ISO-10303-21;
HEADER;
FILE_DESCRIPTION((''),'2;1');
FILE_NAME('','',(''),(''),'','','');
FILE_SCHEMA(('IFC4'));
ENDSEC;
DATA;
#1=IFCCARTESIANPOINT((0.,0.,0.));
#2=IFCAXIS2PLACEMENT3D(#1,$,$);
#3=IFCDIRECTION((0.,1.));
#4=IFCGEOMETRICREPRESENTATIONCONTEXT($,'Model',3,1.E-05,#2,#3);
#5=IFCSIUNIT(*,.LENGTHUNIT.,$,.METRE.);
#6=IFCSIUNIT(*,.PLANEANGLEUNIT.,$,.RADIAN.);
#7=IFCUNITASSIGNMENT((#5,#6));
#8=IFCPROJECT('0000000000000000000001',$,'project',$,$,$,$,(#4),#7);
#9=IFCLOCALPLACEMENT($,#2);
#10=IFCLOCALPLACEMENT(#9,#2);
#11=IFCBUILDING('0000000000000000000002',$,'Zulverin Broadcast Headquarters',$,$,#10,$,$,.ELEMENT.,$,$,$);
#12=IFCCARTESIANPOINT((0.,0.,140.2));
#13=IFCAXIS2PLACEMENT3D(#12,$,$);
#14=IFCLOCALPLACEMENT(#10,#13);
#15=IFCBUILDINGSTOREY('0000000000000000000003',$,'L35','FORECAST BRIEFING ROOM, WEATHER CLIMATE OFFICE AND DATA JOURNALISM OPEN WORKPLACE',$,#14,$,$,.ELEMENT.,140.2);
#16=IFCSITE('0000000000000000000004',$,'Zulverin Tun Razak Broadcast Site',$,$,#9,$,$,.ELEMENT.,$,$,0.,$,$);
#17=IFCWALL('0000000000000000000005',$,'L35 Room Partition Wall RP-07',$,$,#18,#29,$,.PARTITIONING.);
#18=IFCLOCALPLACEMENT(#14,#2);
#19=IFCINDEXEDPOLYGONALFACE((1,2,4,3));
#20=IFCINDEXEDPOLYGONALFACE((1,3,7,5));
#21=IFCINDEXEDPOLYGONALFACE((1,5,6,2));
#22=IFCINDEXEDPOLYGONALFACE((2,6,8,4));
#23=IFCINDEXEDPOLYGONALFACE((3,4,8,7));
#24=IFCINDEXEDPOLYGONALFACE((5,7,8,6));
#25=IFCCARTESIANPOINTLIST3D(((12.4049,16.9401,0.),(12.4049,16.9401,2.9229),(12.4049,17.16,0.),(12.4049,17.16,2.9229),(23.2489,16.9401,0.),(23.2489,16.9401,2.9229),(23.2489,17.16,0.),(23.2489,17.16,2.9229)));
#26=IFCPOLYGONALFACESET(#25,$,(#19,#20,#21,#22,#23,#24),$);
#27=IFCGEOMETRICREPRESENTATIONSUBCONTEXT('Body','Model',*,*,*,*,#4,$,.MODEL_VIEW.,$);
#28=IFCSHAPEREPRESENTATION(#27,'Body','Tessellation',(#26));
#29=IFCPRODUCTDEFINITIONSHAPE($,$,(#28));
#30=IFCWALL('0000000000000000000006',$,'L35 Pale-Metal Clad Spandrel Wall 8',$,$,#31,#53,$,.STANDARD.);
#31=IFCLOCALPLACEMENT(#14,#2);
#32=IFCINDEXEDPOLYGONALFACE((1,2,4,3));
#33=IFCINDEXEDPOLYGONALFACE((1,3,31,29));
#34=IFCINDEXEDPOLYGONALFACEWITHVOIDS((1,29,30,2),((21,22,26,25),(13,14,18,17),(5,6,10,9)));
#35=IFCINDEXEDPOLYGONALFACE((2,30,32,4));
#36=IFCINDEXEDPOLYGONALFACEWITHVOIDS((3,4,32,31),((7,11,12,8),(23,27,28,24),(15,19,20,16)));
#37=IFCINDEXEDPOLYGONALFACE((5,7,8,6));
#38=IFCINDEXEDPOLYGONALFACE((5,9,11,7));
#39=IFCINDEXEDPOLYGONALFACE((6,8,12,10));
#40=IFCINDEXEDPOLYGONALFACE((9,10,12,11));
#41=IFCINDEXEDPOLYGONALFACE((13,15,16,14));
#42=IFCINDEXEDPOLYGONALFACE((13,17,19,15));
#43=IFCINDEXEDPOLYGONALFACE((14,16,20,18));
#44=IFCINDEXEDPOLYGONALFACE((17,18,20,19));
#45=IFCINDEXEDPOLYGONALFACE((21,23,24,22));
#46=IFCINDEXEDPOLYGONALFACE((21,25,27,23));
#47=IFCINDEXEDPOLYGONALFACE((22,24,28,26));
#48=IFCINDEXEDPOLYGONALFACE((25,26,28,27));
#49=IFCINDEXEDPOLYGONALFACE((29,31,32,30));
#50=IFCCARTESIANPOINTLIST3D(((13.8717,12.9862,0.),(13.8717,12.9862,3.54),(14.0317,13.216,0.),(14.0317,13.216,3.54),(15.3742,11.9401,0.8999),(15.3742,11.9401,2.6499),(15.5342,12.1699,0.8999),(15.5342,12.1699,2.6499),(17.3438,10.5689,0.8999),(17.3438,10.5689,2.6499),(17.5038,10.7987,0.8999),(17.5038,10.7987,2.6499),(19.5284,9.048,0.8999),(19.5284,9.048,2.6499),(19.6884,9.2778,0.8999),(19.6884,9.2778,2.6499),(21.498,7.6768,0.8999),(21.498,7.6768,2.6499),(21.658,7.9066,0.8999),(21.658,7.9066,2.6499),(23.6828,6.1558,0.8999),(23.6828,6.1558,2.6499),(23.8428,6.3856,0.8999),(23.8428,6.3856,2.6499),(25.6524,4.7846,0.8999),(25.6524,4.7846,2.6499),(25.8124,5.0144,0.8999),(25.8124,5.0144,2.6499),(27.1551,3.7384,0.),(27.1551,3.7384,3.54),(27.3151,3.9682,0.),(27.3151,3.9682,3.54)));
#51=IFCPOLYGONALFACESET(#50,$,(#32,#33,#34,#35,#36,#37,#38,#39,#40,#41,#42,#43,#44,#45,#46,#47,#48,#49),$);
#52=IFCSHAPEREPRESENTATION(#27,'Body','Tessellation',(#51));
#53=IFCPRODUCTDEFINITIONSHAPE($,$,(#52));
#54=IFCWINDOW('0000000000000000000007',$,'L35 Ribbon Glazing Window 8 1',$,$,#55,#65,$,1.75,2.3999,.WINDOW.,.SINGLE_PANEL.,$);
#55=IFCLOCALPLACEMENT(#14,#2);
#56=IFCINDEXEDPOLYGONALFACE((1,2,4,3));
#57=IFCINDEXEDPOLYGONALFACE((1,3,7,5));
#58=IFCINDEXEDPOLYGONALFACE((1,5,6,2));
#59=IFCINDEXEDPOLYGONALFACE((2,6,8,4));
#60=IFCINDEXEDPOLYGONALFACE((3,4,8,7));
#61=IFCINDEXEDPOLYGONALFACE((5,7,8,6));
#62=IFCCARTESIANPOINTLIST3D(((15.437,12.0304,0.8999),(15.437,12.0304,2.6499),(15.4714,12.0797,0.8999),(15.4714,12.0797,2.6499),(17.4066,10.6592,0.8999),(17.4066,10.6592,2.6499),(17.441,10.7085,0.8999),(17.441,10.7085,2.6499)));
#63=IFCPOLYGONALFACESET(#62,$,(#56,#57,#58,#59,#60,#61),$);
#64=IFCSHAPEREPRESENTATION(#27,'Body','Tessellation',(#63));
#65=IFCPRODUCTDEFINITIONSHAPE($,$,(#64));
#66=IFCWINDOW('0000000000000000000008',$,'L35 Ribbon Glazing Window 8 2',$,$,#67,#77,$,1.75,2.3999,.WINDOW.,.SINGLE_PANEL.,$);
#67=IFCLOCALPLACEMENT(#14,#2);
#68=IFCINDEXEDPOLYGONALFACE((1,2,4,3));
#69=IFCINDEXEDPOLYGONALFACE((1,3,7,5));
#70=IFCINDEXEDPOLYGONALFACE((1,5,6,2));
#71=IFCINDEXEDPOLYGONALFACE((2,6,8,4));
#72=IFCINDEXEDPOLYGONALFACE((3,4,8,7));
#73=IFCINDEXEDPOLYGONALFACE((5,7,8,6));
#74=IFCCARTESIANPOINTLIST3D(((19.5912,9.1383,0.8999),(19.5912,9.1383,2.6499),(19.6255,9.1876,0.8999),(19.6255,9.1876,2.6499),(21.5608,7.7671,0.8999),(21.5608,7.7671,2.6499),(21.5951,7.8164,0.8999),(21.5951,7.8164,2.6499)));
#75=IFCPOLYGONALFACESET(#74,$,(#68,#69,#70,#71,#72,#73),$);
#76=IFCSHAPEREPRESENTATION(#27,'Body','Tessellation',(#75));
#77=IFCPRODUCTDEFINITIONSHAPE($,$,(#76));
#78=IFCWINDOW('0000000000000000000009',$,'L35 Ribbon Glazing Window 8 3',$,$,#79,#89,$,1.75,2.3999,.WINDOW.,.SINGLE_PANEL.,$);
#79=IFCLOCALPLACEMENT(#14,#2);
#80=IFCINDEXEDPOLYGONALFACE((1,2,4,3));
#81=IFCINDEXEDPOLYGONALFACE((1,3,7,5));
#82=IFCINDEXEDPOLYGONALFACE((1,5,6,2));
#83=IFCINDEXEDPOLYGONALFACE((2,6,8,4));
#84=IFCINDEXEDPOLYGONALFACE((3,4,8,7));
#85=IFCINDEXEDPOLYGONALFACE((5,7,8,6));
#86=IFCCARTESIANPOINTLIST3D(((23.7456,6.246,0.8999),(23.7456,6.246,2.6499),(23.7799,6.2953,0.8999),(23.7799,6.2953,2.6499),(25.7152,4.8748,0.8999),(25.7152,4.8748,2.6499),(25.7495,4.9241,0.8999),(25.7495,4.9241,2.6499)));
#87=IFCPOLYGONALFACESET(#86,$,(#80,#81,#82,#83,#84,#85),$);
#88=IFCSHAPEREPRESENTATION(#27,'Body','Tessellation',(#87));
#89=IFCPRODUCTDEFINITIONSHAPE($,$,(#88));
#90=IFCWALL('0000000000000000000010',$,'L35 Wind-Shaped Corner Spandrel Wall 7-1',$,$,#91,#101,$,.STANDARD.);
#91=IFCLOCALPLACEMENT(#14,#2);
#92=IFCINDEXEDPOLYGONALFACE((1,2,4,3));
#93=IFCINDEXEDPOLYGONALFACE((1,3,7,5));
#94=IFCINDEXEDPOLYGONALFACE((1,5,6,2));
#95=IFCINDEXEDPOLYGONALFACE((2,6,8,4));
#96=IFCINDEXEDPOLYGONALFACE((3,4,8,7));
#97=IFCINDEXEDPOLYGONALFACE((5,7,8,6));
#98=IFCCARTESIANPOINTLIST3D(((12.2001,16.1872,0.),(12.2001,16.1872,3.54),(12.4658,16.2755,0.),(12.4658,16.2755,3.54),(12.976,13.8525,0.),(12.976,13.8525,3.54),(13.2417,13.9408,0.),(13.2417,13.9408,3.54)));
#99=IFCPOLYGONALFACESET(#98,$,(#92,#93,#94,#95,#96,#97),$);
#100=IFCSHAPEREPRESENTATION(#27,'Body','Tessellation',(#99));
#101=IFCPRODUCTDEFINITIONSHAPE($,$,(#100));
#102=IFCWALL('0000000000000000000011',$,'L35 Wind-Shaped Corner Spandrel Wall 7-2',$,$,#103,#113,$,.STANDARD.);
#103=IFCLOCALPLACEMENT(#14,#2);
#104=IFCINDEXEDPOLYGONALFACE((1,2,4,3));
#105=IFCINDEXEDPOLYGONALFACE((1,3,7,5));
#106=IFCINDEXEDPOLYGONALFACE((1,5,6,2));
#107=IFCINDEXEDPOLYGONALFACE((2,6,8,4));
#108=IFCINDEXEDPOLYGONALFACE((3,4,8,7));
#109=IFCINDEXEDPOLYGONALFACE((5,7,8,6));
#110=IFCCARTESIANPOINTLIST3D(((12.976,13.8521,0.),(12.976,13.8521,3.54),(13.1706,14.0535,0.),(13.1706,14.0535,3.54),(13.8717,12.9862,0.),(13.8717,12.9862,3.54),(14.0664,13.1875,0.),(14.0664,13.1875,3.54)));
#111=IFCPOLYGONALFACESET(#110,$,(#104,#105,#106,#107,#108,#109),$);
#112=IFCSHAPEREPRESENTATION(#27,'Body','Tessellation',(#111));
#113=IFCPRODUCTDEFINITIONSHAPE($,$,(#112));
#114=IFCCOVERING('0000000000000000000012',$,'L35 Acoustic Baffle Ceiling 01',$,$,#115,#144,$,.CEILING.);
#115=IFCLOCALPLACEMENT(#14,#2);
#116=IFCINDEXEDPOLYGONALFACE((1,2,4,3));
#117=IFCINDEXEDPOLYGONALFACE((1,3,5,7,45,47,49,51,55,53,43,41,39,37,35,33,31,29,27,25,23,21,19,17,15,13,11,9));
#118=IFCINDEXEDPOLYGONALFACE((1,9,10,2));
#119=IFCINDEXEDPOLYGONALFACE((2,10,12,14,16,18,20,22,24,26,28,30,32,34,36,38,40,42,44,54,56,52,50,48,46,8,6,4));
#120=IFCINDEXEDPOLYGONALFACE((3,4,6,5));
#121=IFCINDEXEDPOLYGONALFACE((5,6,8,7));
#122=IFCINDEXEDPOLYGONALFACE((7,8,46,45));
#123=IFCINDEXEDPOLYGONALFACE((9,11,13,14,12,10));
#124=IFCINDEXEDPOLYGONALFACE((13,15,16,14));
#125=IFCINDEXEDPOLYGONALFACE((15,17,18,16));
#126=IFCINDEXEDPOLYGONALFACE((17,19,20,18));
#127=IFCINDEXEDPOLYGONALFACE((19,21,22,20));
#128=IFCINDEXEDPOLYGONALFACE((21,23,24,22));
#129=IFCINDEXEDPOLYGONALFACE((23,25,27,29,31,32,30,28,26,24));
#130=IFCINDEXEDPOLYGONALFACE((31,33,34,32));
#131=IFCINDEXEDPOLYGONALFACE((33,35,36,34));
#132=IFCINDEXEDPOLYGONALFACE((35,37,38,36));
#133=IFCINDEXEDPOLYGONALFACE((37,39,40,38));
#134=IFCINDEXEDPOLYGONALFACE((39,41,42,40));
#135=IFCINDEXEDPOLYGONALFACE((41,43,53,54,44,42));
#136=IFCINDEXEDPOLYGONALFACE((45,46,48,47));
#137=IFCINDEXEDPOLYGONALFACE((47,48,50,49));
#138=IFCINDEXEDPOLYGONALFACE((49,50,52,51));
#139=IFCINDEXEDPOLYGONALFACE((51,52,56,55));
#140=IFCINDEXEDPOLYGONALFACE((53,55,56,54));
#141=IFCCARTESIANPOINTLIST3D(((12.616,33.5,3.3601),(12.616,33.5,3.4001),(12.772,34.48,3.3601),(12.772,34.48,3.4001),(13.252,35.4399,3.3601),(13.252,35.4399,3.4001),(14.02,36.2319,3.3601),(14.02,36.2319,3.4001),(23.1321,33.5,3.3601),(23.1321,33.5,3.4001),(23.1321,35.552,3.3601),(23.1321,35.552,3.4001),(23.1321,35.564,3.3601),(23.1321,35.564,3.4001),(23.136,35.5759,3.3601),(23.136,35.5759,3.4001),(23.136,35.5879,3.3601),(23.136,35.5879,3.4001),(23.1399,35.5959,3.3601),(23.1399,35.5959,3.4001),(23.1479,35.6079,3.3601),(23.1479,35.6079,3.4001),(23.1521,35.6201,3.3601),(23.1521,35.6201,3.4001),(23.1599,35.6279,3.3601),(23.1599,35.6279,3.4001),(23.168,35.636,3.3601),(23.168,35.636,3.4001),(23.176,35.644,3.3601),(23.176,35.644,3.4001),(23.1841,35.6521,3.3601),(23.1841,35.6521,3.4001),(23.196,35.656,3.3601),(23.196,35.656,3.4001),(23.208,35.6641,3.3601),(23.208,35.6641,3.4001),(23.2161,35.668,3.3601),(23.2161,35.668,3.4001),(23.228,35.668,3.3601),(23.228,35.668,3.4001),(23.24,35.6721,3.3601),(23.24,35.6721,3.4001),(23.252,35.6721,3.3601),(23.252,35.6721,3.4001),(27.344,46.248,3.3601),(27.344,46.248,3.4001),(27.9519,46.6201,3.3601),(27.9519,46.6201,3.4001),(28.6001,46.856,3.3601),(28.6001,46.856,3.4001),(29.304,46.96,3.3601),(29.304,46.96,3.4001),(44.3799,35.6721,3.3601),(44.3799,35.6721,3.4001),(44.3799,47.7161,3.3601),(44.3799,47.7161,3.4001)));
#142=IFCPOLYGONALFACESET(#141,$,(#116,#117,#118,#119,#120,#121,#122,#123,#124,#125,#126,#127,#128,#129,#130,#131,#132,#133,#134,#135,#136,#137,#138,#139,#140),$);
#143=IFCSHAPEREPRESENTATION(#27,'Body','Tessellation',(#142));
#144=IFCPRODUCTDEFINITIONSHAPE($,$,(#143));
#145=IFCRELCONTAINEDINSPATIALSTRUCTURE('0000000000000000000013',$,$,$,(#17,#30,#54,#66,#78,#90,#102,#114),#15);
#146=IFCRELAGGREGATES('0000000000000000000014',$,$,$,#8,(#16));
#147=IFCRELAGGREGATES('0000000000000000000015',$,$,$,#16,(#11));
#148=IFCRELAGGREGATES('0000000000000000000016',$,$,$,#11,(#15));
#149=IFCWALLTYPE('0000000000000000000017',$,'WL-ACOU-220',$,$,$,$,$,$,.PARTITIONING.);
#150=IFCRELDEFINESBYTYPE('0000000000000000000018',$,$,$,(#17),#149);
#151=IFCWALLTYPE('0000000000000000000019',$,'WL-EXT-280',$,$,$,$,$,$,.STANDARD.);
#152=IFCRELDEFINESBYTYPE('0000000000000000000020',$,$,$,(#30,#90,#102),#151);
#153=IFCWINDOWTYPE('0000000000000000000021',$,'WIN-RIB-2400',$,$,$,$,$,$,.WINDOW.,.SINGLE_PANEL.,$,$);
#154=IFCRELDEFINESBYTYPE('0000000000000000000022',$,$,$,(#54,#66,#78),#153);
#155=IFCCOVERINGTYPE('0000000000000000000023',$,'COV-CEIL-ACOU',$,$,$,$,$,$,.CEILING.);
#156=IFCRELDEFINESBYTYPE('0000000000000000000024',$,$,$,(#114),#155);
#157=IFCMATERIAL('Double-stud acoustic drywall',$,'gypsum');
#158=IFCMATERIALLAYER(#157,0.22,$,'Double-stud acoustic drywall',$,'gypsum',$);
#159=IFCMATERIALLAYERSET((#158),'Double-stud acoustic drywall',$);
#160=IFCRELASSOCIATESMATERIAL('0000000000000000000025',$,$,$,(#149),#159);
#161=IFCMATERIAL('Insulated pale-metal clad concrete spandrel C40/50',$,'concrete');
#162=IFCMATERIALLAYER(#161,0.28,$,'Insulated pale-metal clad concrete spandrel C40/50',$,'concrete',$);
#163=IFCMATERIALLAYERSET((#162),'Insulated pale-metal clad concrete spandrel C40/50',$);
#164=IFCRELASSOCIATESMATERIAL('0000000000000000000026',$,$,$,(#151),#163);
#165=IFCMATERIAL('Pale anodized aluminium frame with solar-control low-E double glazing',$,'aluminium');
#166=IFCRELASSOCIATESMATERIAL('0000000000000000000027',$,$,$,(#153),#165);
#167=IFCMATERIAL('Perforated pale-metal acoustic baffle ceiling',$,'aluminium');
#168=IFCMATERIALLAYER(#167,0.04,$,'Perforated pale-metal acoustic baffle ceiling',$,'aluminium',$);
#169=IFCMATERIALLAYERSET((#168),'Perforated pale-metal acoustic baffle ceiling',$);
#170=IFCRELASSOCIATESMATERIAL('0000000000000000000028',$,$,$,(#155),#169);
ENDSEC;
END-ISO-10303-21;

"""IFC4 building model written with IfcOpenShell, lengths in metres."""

from ifc_helpers import new_model, si_unit, direction, frame, frame_2d, origin, place, context, subcontext, project, spatial, polyline, rectangle, outline, extrude, material, layer, layer_set, type_object, element, fill, save


model = new_model("IFC4")

# Units and contexts
model_context = context("Model", 3, precision=1e-05, world=origin(), true_north=direction((0.0, 1.0)))
body_context = subcontext(model_context, "Body", "Model", "MODEL_VIEW")
ifc_project = project(units=[si_unit("LENGTHUNIT", "METRE"), si_unit("PLANEANGLEUNIT", "RADIAN")], contexts=[model_context])

# Site, building, storey
site_placement = place(None, origin())
site = spatial("IfcSite", under=ifc_project, at=site_placement, Name="Zulverin Tun Razak Broadcast Site", CompositionType="ELEMENT", RefElevation=0.0)
building_placement = place(site_placement, origin())
building = spatial("IfcBuilding", under=site, at=building_placement, Name="Zulverin Broadcast Headquarters", CompositionType="ELEMENT")
storey_placement = place(building_placement, frame((0.0, 0.0, 140.2)))
storey = spatial("IfcBuildingStorey", under=building, at=storey_placement, Name="L35", Description="FORECAST BRIEFING ROOM, WEATHER CLIMATE OFFICE AND DATA JOURNALISM OPEN WORKPLACE", CompositionType="ELEMENT", Elevation=140.2)

# Wall
ifc_material_1 = material(Name="Double-stud acoustic drywall", Category="gypsum")
ifc_layer_1 = layer(ifc_material_1, 0.22, Name="Double-stud acoustic drywall", Category="gypsum")
ifc_layer_set_1 = layer_set([ifc_layer_1], Name="Double-stud acoustic drywall")
wall_type_1 = type_object("IfcWallType", Name="WL-ACOU-220", PredefinedType="PARTITIONING", material=ifc_layer_set_1)
wall_1_placement = place(storey_placement, frame((12.405, 17.05, 0.0), z_axis=(0.0, 0.0, 1.0), x_axis=(1.0, 0.0, 0.0)))
element("IfcWall", 1, at=wall_1_placement, inside=storey, type_object=wall_type_1, Name="L35 Room Partition Wall RP-07", PredefinedType="PARTITIONING", context=body_context, shape_type="SweptSolid", body=[
    extrude(rectangle(XDim=10.844, YDim=0.22, at=frame_2d((5.4219, 0.0))), origin(), (0.0, 0.0, 1.0), 2.9229),
])

# Wall, openings, windows
ifc_material_2 = material(Name="Insulated pale-metal clad concrete spandrel C40/50", Category="concrete")
ifc_layer_2 = layer(ifc_material_2, 0.28, Name="Insulated pale-metal clad concrete spandrel C40/50", Category="concrete")
ifc_layer_set_2 = layer_set([ifc_layer_2], Name="Insulated pale-metal clad concrete spandrel C40/50")
wall_type_2 = type_object("IfcWallType", Name="WL-EXT-280", PredefinedType="STANDARD", material=ifc_layer_set_2)
wall_2_placement = place(storey_placement, frame((13.9517, 13.1011, 0.0), z_axis=(0.0, 0.0, 1.0), x_axis=(0.820698, -0.571362, 0.0)))
wall_2 = element("IfcWall", 2, at=wall_2_placement, inside=storey, type_object=wall_type_2, Name="L35 Pale-Metal Clad Spandrel Wall 8", PredefinedType="STANDARD", context=body_context, shape_type="SweptSolid", body=[
    extrude(rectangle(XDim=16.1855, YDim=0.28, at=frame_2d((8.0928, 0.0))), origin(), (0.0, 0.0, 1.0), 3.54),
])
opening_1_placement = place(wall_2_placement, frame((1.8308, 0.0, 0.8999)))
opening_1 = element("IfcOpeningElement", 3, at=opening_1_placement, cuts=wall_2, PredefinedType="OPENING", context=body_context, shape_type="SweptSolid", body=[
    extrude(rectangle(XDim=2.3999, YDim=1.75, at=frame_2d((1.2, 0.875))), frame((0.0, 0.1499, 0.0), z_axis=(0.0, -1.0, 0.0), x_axis=(1.0, 0.0, 0.0)), (0.0, 0.0, 1.0), 0.3),
])
opening_2_placement = place(wall_2_placement, frame((6.8926, 0.0, 0.8999)))
opening_2 = element("IfcOpeningElement", 4, at=opening_2_placement, cuts=wall_2, PredefinedType="OPENING", context=body_context, shape_type="SweptSolid", body=[
    extrude(rectangle(XDim=2.3999, YDim=1.75, at=frame_2d((1.2, 0.875))), frame((0.0, 0.1499, 0.0), z_axis=(0.0, -1.0, 0.0), x_axis=(1.0, 0.0, 0.0)), (0.0, 0.0, 1.0), 0.3),
])
opening_3_placement = place(wall_2_placement, frame((11.9546, 0.0, 0.8999)))
opening_3 = element("IfcOpeningElement", 5, at=opening_3_placement, cuts=wall_2, PredefinedType="OPENING", context=body_context, shape_type="SweptSolid", body=[
    extrude(rectangle(XDim=2.3999, YDim=1.75, at=frame_2d((1.2, 0.875))), frame((0.0, 0.1499, 0.0), z_axis=(0.0, -1.0, 0.0), x_axis=(1.0, 0.0, 0.0)), (0.0, 0.0, 1.0), 0.3),
])
ifc_material_3 = material(Name="Pale anodized aluminium frame with solar-control low-E double glazing", Category="aluminium")
window_type = type_object("IfcWindowType", Name="WIN-RIB-2400", PartitioningType="SINGLE_PANEL", PredefinedType="WINDOW", material=ifc_material_3)
window_1_placement = place(opening_1_placement, origin())
window_1 = element("IfcWindow", 6, at=window_1_placement, inside=storey, type_object=window_type, Name="L35 Ribbon Glazing Window 8 1", OverallHeight=1.75, OverallWidth=2.3999, PartitioningType="SINGLE_PANEL", PredefinedType="WINDOW", context=body_context, shape_type="SweptSolid", body=[
    extrude(rectangle(XDim=2.3999, YDim=1.75, at=frame_2d((1.2, 0.875))), frame((0.0, 0.03, 0.0), z_axis=(0.0, -1.0, 0.0), x_axis=(1.0, 0.0, 0.0)), (0.0, 0.0, 1.0), 0.0601),
])
fill(opening_1, window_1)
window_2_placement = place(opening_2_placement, origin())
window_2 = element("IfcWindow", 7, at=window_2_placement, inside=storey, type_object=window_type, Name="L35 Ribbon Glazing Window 8 2", OverallHeight=1.75, OverallWidth=2.3999, PartitioningType="SINGLE_PANEL", PredefinedType="WINDOW", context=body_context, shape_type="SweptSolid", body=[
    extrude(rectangle(XDim=2.3999, YDim=1.75, at=frame_2d((1.2, 0.875))), frame((0.0, 0.03, 0.0), z_axis=(0.0, -1.0, 0.0), x_axis=(1.0, 0.0, 0.0)), (0.0, 0.0, 1.0), 0.0601),
])
fill(opening_2, window_2)
window_3_placement = place(opening_3_placement, origin())
window_3 = element("IfcWindow", 8, at=window_3_placement, inside=storey, type_object=window_type, Name="L35 Ribbon Glazing Window 8 3", OverallHeight=1.75, OverallWidth=2.3999, PartitioningType="SINGLE_PANEL", PredefinedType="WINDOW", context=body_context, shape_type="SweptSolid", body=[
    extrude(rectangle(XDim=2.3999, YDim=1.75, at=frame_2d((1.2, 0.875))), frame((0.0, 0.03, 0.0), z_axis=(0.0, -1.0, 0.0), x_axis=(1.0, 0.0, 0.0)), (0.0, 0.0, 1.0), 0.0601),
])
fill(opening_3, window_3)

# Walls
wall_3_placement = place(storey_placement, frame((12.333, 16.2312, 0.0), z_axis=(0.0, 0.0, 1.0), x_axis=(0.315364, -0.948971, 0.0)))
element("IfcWall", 9, at=wall_3_placement, inside=storey, type_object=wall_type_2, Name="L35 Wind-Shaped Corner Spandrel Wall 7-1", PredefinedType="STANDARD", context=body_context, shape_type="SweptSolid", body=[
    extrude(rectangle(XDim=2.4602, YDim=0.28, at=frame_2d((1.23, 0.0))), origin(), (0.0, 0.0, 1.0), 3.54),
])
wall_4_placement = place(storey_placement, frame((13.0732, 13.9529, 0.0), z_axis=(0.0, 0.0, 1.0), x_axis=(0.718959, -0.695052, 0.0)))
element("IfcWall", 10, at=wall_4_placement, inside=storey, type_object=wall_type_2, Name="L35 Wind-Shaped Corner Spandrel Wall 7-2", PredefinedType="STANDARD", context=body_context, shape_type="SweptSolid", body=[
    extrude(rectangle(XDim=1.2458, YDim=0.28, at=frame_2d((0.623, 0.0))), origin(), (0.0, 0.0, 1.0), 3.54),
])

# Covering
ifc_material_4 = material(Name="Perforated pale-metal acoustic baffle ceiling", Category="aluminium")
ifc_layer_3 = layer(ifc_material_4, 0.04, Name="Perforated pale-metal acoustic baffle ceiling", Category="aluminium")
ifc_layer_set_3 = layer_set([ifc_layer_3], Name="Perforated pale-metal acoustic baffle ceiling")
covering_type_1 = type_object("IfcCoveringType", Name="COV-CEIL-ACOU", PredefinedType="CEILING", material=ifc_layer_set_3)
covering_1_placement = place(storey_placement, frame((0.0, 0.0, 3.3601)))
element("IfcCovering", 11, at=covering_1_placement, inside=storey, type_object=covering_type_1, Name="L35 Acoustic Baffle Ceiling 01", PredefinedType="CEILING", context=body_context, shape_type="SweptSolid", body=[
    extrude(outline(polyline([(14.02, 36.2319), (13.252, 35.4399), (12.772, 34.48), (12.616, 33.5), (23.1321, 33.5), (23.1321, 35.552), (23.1321, 35.564), (23.136, 35.5759), (23.136, 35.5879), (23.1399, 35.5959), (23.1479, 35.6079), (23.1521, 35.6201), (23.1599, 35.6279), (23.168, 35.636), (23.176, 35.644), (23.1841, 35.6521), (23.196, 35.656), (23.208, 35.6641), (23.2161, 35.668), (23.228, 35.668), (23.24, 35.6721), (23.252, 35.6721), (44.3799, 35.6721), (44.3799, 47.7161), (29.304, 46.96), (28.6001, 46.856), (27.9519, 46.6201), (27.344, 46.248), (14.02, 36.2319)])), origin(), (0.0, 0.0, 1.0), 0.04),
])

save(model, "model.ifc")
